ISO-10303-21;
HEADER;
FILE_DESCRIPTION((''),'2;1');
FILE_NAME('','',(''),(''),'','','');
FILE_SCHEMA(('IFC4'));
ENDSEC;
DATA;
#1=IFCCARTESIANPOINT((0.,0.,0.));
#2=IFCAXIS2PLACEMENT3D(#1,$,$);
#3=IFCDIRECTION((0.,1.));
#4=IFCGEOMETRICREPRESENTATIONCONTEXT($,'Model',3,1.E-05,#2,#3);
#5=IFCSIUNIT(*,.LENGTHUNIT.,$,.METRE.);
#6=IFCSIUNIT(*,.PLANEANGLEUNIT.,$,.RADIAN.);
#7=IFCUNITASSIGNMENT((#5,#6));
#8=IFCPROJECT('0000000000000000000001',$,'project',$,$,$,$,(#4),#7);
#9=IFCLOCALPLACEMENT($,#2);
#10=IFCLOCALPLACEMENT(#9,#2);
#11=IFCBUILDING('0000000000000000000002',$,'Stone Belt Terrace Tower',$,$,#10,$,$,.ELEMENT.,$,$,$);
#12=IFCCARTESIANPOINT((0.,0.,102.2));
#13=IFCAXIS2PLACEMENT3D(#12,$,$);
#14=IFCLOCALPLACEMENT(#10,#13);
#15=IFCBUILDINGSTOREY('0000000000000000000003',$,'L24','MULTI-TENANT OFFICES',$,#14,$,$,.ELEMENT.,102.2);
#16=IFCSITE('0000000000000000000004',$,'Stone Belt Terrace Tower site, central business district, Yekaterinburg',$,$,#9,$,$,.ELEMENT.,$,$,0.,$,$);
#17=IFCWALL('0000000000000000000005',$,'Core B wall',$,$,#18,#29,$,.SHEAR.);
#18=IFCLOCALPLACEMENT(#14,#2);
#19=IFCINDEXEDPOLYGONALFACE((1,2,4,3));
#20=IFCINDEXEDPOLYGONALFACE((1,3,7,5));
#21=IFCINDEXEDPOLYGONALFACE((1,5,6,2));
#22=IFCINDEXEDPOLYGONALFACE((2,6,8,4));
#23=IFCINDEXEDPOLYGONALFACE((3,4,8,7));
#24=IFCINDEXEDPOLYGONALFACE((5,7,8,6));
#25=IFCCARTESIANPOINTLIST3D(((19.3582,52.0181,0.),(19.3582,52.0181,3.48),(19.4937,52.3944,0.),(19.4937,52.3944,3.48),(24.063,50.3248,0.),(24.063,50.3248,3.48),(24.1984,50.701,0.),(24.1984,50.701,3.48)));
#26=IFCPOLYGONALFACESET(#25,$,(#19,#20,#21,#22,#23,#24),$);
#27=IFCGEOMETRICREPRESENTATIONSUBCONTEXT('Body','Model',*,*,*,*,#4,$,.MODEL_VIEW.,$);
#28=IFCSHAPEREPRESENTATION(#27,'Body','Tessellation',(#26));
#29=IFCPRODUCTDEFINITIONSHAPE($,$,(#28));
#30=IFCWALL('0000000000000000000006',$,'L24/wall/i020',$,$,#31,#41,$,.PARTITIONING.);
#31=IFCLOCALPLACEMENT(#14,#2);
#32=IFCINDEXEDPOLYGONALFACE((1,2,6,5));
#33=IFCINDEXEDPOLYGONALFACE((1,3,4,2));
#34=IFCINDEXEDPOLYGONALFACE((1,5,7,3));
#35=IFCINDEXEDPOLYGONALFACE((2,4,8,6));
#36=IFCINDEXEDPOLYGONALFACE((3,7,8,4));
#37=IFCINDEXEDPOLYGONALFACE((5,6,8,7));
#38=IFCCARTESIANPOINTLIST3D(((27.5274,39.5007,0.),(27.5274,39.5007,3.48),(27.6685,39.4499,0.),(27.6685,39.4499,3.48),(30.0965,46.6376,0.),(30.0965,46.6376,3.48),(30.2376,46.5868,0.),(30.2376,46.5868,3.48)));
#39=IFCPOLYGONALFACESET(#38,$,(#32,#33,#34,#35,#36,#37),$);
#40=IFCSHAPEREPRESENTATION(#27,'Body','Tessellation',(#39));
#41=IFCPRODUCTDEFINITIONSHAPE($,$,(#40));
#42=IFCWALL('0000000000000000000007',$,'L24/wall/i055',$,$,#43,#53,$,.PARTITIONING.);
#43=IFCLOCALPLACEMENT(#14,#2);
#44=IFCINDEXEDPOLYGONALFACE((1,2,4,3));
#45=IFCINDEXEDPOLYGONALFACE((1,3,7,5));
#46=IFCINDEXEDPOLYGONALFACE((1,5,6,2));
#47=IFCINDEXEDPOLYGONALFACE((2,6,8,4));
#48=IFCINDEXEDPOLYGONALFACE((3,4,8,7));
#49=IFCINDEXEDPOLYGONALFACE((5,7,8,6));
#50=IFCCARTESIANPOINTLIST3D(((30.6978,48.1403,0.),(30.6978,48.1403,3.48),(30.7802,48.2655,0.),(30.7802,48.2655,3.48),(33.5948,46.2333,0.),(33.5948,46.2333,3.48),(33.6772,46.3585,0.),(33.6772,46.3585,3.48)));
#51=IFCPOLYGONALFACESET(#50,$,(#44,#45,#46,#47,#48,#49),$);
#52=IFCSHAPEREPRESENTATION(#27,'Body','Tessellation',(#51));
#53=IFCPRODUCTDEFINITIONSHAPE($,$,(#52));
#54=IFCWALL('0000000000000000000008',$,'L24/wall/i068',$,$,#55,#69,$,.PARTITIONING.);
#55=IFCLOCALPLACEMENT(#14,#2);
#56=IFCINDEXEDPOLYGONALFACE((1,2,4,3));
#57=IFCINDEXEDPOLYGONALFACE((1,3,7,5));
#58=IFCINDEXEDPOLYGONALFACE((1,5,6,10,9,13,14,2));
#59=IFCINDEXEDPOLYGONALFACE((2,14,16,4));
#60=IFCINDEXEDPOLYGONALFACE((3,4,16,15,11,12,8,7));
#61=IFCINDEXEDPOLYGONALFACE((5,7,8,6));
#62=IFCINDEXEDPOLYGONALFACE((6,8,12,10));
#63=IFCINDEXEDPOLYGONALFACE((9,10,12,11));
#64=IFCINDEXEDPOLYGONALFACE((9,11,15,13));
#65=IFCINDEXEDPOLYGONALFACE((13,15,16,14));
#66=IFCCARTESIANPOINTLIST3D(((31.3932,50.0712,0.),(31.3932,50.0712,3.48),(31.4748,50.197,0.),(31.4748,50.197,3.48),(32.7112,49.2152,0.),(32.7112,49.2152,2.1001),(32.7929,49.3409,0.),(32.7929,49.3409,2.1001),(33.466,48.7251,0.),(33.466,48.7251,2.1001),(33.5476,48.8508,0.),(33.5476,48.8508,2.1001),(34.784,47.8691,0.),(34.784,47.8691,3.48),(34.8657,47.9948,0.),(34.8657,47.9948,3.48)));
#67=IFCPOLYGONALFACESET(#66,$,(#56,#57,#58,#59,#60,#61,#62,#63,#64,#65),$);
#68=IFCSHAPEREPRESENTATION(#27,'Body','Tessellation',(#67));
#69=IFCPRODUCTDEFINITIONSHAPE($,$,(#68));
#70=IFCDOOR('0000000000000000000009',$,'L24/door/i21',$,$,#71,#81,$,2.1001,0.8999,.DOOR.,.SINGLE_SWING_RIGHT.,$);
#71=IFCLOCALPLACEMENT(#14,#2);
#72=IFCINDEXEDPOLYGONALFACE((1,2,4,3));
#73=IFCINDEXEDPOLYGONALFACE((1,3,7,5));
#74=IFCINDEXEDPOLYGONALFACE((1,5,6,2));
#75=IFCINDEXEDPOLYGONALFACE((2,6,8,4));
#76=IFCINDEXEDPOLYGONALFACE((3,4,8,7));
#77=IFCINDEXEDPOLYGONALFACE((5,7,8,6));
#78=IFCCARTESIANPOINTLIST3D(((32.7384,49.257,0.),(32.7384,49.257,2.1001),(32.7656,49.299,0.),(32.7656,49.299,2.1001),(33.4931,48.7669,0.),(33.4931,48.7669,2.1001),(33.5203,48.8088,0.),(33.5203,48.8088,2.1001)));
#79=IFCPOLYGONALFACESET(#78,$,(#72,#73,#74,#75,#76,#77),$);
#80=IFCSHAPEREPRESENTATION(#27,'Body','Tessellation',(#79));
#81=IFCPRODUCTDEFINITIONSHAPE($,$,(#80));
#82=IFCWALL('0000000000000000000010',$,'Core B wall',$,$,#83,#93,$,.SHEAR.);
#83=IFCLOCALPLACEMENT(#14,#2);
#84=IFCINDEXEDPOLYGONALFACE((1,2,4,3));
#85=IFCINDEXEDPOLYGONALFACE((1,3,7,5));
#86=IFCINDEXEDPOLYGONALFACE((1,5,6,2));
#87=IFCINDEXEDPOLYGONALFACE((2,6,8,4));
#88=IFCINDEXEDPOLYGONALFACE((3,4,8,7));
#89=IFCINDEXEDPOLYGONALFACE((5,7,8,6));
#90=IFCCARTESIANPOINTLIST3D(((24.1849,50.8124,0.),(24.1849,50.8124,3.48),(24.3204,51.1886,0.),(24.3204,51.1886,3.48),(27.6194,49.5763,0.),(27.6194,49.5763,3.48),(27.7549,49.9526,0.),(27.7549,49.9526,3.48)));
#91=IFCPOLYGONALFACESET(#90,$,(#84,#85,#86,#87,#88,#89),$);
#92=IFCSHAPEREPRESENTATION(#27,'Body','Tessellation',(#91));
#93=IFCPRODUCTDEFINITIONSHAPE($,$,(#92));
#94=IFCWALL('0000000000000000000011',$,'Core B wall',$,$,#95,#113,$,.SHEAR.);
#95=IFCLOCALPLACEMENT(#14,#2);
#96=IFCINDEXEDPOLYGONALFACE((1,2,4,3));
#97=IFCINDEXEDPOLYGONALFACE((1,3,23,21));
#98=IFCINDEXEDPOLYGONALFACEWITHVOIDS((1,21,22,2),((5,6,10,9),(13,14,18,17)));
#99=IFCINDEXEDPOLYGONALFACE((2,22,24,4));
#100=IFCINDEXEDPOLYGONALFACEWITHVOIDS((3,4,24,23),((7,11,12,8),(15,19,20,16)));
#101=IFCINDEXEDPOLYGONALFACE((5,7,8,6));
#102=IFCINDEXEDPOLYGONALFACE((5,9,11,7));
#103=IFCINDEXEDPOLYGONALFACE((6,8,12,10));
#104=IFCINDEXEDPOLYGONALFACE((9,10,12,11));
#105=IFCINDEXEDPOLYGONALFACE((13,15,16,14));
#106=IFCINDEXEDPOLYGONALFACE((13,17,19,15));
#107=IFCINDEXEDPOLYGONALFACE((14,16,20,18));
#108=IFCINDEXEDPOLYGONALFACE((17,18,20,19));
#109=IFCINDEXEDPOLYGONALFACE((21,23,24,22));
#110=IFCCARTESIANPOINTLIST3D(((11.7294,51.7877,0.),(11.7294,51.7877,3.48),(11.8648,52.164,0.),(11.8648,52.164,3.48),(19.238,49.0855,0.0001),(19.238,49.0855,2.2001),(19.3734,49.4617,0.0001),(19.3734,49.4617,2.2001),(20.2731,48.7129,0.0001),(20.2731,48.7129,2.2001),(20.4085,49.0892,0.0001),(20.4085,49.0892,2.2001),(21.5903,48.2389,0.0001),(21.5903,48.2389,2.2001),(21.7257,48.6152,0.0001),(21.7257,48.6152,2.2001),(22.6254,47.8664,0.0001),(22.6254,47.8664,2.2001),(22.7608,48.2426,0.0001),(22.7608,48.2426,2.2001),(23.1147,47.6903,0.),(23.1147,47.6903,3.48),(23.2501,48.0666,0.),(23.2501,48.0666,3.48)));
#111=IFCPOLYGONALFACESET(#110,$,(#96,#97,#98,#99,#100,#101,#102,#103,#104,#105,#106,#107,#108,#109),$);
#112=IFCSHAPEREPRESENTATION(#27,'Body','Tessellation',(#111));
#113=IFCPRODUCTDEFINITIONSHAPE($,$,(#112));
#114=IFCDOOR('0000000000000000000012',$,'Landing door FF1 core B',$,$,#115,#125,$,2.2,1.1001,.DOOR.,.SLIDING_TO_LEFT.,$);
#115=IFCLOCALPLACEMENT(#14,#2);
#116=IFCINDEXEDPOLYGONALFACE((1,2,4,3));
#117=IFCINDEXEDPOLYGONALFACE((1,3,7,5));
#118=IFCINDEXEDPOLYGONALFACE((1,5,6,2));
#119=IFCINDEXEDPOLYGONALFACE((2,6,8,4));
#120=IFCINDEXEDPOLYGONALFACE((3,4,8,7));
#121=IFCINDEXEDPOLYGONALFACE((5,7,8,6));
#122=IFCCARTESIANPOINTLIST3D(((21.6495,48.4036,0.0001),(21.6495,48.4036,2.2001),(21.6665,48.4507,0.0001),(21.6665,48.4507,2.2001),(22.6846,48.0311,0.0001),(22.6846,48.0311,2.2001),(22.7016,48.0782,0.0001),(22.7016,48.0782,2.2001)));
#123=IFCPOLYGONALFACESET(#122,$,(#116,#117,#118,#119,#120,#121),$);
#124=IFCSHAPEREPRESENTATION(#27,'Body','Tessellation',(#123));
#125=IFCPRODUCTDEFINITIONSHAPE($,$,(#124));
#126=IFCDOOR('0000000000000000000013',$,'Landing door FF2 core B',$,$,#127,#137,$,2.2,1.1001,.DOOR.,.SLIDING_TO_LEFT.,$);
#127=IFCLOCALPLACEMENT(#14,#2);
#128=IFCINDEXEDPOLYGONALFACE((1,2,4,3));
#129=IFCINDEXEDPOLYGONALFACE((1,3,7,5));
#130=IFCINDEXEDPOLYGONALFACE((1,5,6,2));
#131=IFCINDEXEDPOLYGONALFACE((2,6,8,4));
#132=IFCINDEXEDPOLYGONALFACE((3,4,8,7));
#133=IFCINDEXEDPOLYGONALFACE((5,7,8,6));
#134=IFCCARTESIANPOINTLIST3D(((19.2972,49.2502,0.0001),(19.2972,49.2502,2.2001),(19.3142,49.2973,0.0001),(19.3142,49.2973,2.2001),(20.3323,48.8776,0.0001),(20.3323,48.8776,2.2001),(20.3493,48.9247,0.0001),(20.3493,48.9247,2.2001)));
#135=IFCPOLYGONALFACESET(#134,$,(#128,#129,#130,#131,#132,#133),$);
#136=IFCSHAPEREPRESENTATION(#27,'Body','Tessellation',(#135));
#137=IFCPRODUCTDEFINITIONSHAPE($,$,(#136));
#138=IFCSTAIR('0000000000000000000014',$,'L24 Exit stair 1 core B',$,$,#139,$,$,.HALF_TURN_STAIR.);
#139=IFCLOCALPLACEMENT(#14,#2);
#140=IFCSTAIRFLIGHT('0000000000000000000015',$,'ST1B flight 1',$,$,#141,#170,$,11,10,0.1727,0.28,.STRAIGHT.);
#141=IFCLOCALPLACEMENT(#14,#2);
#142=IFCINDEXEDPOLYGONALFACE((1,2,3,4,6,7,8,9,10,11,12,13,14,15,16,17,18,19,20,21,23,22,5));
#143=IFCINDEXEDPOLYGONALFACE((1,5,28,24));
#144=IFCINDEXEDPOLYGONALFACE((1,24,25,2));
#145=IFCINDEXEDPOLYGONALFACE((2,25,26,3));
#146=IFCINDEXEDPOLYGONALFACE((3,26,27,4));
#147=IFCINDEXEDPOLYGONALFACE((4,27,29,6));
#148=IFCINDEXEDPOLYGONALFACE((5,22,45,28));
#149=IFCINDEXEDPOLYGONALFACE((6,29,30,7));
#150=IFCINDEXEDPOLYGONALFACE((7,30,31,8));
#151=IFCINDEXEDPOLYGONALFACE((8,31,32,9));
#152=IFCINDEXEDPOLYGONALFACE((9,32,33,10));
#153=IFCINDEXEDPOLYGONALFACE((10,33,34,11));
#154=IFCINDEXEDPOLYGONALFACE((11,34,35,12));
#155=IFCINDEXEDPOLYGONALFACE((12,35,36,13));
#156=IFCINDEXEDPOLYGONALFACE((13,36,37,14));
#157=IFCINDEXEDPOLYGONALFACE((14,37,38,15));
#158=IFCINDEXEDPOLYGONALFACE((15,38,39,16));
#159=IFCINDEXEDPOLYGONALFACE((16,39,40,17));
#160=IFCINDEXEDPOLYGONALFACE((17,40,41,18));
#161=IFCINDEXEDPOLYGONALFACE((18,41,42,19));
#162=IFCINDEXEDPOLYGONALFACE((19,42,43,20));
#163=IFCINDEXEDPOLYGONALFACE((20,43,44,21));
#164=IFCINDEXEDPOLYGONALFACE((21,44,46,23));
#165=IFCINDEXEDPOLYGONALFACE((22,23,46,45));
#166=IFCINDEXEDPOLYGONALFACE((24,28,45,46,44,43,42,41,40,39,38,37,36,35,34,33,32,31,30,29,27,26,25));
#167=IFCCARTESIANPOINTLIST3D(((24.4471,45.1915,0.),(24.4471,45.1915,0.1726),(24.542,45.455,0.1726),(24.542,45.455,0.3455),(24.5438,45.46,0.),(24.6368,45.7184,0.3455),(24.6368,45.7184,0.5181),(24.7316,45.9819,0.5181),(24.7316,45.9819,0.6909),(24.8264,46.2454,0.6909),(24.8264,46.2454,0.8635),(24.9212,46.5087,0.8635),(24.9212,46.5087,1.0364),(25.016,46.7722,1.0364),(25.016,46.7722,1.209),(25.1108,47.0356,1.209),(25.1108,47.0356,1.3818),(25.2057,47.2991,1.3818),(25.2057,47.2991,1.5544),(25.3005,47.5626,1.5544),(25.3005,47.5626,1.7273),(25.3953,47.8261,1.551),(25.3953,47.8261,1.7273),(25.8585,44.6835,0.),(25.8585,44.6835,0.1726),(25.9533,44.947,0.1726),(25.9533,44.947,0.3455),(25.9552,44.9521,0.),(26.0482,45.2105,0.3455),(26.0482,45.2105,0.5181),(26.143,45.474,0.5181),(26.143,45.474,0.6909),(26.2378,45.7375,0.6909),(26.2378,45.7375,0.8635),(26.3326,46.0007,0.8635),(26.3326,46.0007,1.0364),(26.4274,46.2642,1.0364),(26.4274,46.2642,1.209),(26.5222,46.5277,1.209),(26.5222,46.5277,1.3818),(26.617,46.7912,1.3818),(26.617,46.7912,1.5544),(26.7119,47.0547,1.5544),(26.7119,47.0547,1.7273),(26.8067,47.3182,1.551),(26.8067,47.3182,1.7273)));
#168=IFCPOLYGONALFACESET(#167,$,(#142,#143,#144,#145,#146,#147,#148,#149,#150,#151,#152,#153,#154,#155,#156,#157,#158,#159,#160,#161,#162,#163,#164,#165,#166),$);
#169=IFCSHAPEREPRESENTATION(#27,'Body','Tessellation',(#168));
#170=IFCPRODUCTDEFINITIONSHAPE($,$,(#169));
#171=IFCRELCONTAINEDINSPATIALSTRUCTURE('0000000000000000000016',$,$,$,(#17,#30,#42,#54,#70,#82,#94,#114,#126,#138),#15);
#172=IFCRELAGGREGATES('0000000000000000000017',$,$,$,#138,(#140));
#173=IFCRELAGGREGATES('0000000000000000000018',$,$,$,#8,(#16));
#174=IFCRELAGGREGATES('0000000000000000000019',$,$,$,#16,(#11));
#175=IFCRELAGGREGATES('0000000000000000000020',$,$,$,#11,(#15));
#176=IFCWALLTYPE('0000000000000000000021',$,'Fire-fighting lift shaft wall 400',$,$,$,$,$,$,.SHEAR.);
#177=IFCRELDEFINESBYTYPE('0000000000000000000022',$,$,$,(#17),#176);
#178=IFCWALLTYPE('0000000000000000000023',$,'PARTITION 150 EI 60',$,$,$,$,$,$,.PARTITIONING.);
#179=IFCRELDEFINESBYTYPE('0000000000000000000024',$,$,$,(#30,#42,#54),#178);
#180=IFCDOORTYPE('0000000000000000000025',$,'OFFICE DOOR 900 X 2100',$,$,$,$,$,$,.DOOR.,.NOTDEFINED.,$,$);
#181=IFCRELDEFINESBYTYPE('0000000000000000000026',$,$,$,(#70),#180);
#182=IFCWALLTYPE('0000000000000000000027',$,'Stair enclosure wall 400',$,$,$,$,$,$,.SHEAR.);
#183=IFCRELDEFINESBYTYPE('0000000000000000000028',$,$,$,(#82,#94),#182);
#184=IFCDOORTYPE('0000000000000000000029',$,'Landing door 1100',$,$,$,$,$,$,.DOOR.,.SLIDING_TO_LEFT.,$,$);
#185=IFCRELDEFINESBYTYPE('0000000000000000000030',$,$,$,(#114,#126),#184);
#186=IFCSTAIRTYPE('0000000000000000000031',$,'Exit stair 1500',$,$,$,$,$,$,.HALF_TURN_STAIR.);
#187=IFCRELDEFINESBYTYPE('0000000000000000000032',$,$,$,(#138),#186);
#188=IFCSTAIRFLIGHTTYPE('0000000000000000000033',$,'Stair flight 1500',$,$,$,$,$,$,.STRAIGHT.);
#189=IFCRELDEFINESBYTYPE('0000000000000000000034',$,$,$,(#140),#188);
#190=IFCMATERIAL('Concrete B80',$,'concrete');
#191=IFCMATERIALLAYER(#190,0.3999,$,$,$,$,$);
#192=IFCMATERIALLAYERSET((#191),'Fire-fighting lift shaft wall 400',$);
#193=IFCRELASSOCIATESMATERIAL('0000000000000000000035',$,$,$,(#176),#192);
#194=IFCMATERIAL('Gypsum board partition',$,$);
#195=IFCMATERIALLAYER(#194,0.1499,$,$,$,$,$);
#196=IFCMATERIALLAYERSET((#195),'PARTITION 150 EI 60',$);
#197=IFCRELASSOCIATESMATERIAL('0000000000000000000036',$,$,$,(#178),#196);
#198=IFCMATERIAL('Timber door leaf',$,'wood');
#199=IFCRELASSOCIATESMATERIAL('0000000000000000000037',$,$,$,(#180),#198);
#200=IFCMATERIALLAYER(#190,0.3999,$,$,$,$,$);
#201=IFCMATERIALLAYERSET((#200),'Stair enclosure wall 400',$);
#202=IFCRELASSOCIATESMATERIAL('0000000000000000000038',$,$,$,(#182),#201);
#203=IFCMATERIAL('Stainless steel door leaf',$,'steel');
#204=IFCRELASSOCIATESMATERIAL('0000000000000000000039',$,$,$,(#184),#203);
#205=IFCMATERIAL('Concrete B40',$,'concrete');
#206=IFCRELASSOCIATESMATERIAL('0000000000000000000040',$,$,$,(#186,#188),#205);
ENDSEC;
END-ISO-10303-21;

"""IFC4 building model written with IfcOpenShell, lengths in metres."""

from ifc_helpers import new_model, si_unit, direction, frame, frame_2d, origin, place, context, subcontext, project, spatial, polyline, rectangle, outline, extrude, material, layer, layer_set, type_object, element, fill, aggregate, save


model = new_model("IFC4")

# Units and contexts
model_context = context("Model", 3, precision=1e-05, world=origin(), true_north=direction((0.0, 1.0)))
body_context = subcontext(model_context, "Body", "Model", "MODEL_VIEW")
ifc_project = project(units=[si_unit("LENGTHUNIT", "METRE"), si_unit("PLANEANGLEUNIT", "RADIAN")], contexts=[model_context])

# Site, building, storey
site_placement = place(None, origin())
site = spatial("IfcSite", under=ifc_project, at=site_placement, Name="Stone Belt Terrace Tower site, central business district, Yekaterinburg", CompositionType="ELEMENT", RefElevation=0.0)
building_placement = place(site_placement, origin())
building = spatial("IfcBuilding", under=site, at=building_placement, Name="Stone Belt Terrace Tower", CompositionType="ELEMENT")
storey_placement = place(building_placement, frame((0.0, 0.0, 102.2)))
storey = spatial("IfcBuildingStorey", under=building, at=storey_placement, Name="L24", Description="MULTI-TENANT OFFICES", CompositionType="ELEMENT", Elevation=102.2)

# Walls
ifc_material_1 = material(Name="Concrete B80", Category="concrete")
ifc_layer_1 = layer(ifc_material_1, 0.3999)
ifc_layer_set_1 = layer_set([ifc_layer_1], Name="Fire-fighting lift shaft wall 400")
wall_type_1 = type_object("IfcWallType", Name="Fire-fighting lift shaft wall 400", PredefinedType="SHEAR", material=ifc_layer_set_1)
wall_1_placement = place(storey_placement, frame((24.1306, 50.5129, 0.0), z_axis=(0.0, 0.0, 1.0), x_axis=(-0.940912, 0.338652, 0.0)))
element("IfcWall", 1, at=wall_1_placement, inside=storey, type_object=wall_type_1, Name="Core B wall", PredefinedType="SHEAR", context=body_context, shape_type="SweptSolid", body=[
    extrude(rectangle(XDim=5.0002, YDim=0.3999, at=frame_2d((2.5, 0.0))), origin(), (0.0, 0.0, 1.0), 3.48),
])
ifc_material_2 = material(Name="Gypsum board partition")
ifc_layer_2 = layer(ifc_material_2, 0.1499)
ifc_layer_set_2 = layer_set([ifc_layer_2], Name="PARTITION 150 EI 60")
wall_type_2 = type_object("IfcWallType", Name="PARTITION 150 EI 60", PredefinedType="PARTITIONING", material=ifc_layer_set_2)
wall_2_placement = place(storey_placement, frame((30.167, 46.6121, 0.0), z_axis=(0.0, 0.0, 1.0), x_axis=(-0.338694, -0.940896, 0.0)))
element("IfcWall", 2, at=wall_2_placement, inside=storey, type_object=wall_type_2, Name="L24/wall/i020", PredefinedType="PARTITIONING", context=body_context, shape_type="SweptSolid", body=[
    extrude(rectangle(XDim=7.5852, YDim=0.1499, at=frame_2d((3.7925, 0.0))), origin(), (0.0, 0.0, 1.0), 3.48),
])
wall_3_placement = place(storey_placement, frame((30.739, 48.2029, 0.0), z_axis=(0.0, 0.0, 1.0), x_axis=(0.835274, -0.549834, 0.0)))
element("IfcWall", 3, at=wall_3_placement, inside=storey, type_object=wall_type_2, Name="L24/wall/i055", PredefinedType="PARTITIONING", context=body_context, shape_type="SweptSolid", body=[
    extrude(rectangle(XDim=3.4683, YDim=0.1499, at=frame_2d((1.7341, 0.0))), origin(), (0.0, 0.0, 1.0), 3.48),
])

# Wall, opening, door
wall_4_placement = place(storey_placement, frame((31.4341, 50.134, 0.0), z_axis=(0.0, 0.0, 1.0), x_axis=(0.83866, -0.544655, 0.0)))
wall_4 = element("IfcWall", 4, at=wall_4_placement, inside=storey, type_object=wall_type_2, Name="L24/wall/i068", PredefinedType="PARTITIONING", context=body_context, shape_type="SweptSolid", body=[
    extrude(rectangle(XDim=4.0432, YDim=0.1499, at=frame_2d((2.0215, 0.0))), origin(), (0.0, 0.0, 1.0), 3.48),
])
opening_1_placement = place(wall_4_placement, frame((1.5715, 0.0, 0.0)))
opening_1 = element("IfcOpeningElement", 5, at=opening_1_placement, cuts=wall_4, PredefinedType="OPENING", context=body_context, shape_type="SweptSolid", body=[
    extrude(rectangle(XDim=0.8999, YDim=2.1001, at=frame_2d((0.45, 1.05))), frame((0.0, 0.085, 0.0), z_axis=(0.0, -1.0, 0.0), x_axis=(1.0, 0.0, 0.0)), (0.0, 0.0, 1.0), 0.1699),
])
ifc_material_3 = material(Name="Timber door leaf", Category="wood")
door_type_1 = type_object("IfcDoorType", Name="OFFICE DOOR 900 X 2100", OperationType="NOTDEFINED", PredefinedType="DOOR", material=ifc_material_3)
door_1_placement = place(opening_1_placement, origin())
door_1 = element("IfcDoor", 6, at=door_1_placement, inside=storey, type_object=door_type_1, Name="L24/door/i21", OperationType="SINGLE_SWING_RIGHT", OverallHeight=2.1001, OverallWidth=0.8999, PredefinedType="DOOR", context=body_context, shape_type="SweptSolid", body=[
    extrude(rectangle(XDim=0.8999, YDim=2.1001, at=frame_2d((0.45, 1.05))), frame((0.0, 0.0249, 0.0), z_axis=(0.0, -1.0, 0.0), x_axis=(1.0, 0.0, 0.0)), (0.0, 0.0, 1.0), 0.05),
])
fill(opening_1, door_1)

# Wall
ifc_layer_3 = layer(ifc_material_1, 0.3999)
ifc_layer_set_3 = layer_set([ifc_layer_3], Name="Stair enclosure wall 400")
wall_type_3 = type_object("IfcWallType", Name="Stair enclosure wall 400", PredefinedType="SHEAR", material=ifc_layer_set_3)
wall_5_placement = place(storey_placement, frame((27.6873, 49.7644, 0.0), z_axis=(0.0, 0.0, 1.0), x_axis=(-0.940919, 0.338632, 0.0)))
element("IfcWall", 7, at=wall_5_placement, inside=storey, type_object=wall_type_3, Name="Core B wall", PredefinedType="SHEAR", context=body_context, shape_type="SweptSolid", body=[
    extrude(rectangle(XDim=3.6501, YDim=0.3999, at=frame_2d((1.8252, 0.0))), origin(), (0.0, 0.0, 1.0), 3.48),
])

# Wall, openings, doors
wall_6_placement = place(storey_placement, frame((23.1824, 47.8784, 0.0), z_axis=(0.0, 0.0, 1.0), x_axis=(-0.940921, 0.338626, 0.0)))
wall_6 = element("IfcWall", 8, at=wall_6_placement, inside=storey, type_object=wall_type_3, Name="Core B wall", PredefinedType="SHEAR", context=body_context, shape_type="SweptSolid", body=[
    extrude(rectangle(XDim=12.1001, YDim=0.3999, at=frame_2d((6.05, 0.0))), origin(), (0.0, 0.0, 1.0), 3.48),
])
opening_2_placement = place(wall_6_placement, frame((0.52, 0.0, 0.0)))
opening_2 = element("IfcOpeningElement", 9, at=opening_2_placement, cuts=wall_6, PredefinedType="OPENING", context=body_context, shape_type="SweptSolid", body=[
    extrude(rectangle(XDim=1.1001, YDim=2.2, at=frame_2d((0.55, 1.1001))), frame((0.0, 0.21, 0.0), z_axis=(0.0, -1.0, 0.0), x_axis=(1.0, 0.0, 0.0)), (0.0, 0.0, 1.0), 0.4199),
])
opening_3_placement = place(wall_6_placement, frame((3.02, 0.0, 0.0)))
opening_3 = element("IfcOpeningElement", 10, at=opening_3_placement, cuts=wall_6, PredefinedType="OPENING", context=body_context, shape_type="SweptSolid", body=[
    extrude(rectangle(XDim=1.1001, YDim=2.2, at=frame_2d((0.55, 1.1001))), frame((0.0, 0.21, 0.0), z_axis=(0.0, -1.0, 0.0), x_axis=(1.0, 0.0, 0.0)), (0.0, 0.0, 1.0), 0.4199),
])
ifc_material_4 = material(Name="Stainless steel door leaf", Category="steel")
door_type_2 = type_object("IfcDoorType", Name="Landing door 1100", OperationType="SLIDING_TO_LEFT", PredefinedType="DOOR", material=ifc_material_4)
door_2_placement = place(opening_2_placement, origin())
door_2 = element("IfcDoor", 11, at=door_2_placement, inside=storey, type_object=door_type_2, Name="Landing door FF1 core B", OperationType="SLIDING_TO_LEFT", OverallHeight=2.2, OverallWidth=1.1001, PredefinedType="DOOR", context=body_context, shape_type="SweptSolid", body=[
    extrude(rectangle(XDim=1.1001, YDim=2.2, at=frame_2d((0.55, 1.1001))), frame((0.0, 0.0249, 0.0), z_axis=(0.0, -1.0, 0.0), x_axis=(1.0, 0.0, 0.0)), (0.0, 0.0, 1.0), 0.05),
])
fill(opening_2, door_2)
door_3_placement = place(opening_3_placement, origin())
door_3 = element("IfcDoor", 12, at=door_3_placement, inside=storey, type_object=door_type_2, Name="Landing door FF2 core B", OperationType="SLIDING_TO_LEFT", OverallHeight=2.2, OverallWidth=1.1001, PredefinedType="DOOR", context=body_context, shape_type="SweptSolid", body=[
    extrude(rectangle(XDim=1.1001, YDim=2.2, at=frame_2d((0.55, 1.1001))), frame((0.0, 0.0249, 0.0), z_axis=(0.0, -1.0, 0.0), x_axis=(1.0, 0.0, 0.0)), (0.0, 0.0, 1.0), 0.05),
])
fill(opening_3, door_3)

# Stair, stair flight
ifc_material_5 = material(Name="Concrete B40", Category="concrete")
stair_type = type_object("IfcStairType", Name="Exit stair 1500", PredefinedType="HALF_TURN_STAIR", material=ifc_material_5)
stair_placement = place(storey_placement, origin())
stair = element("IfcStair", 13, at=stair_placement, inside=storey, type_object=stair_type, Name="L24 Exit stair 1 core B", PredefinedType="HALF_TURN_STAIR")
stair_flight_type = type_object("IfcStairFlightType", Name="Stair flight 1500", PredefinedType="STRAIGHT", material=ifc_material_5)
stair_flight_1_placement = place(storey_placement, frame((25.1528, 44.9375, 0.0), z_axis=(0.0, 0.0, 1.0), x_axis=(0.338624, 0.940922, 0.0)))
stair_flight_1 = element("IfcStairFlight", 14, at=stair_flight_1_placement, type_object=stair_flight_type, Name="ST1B flight 1", NumberOfRisers=11, NumberOfTreads=10, PredefinedType="STRAIGHT", RiserHeight=0.1727, TreadLength=0.28, context=body_context, shape_type="SweptSolid", body=[
    extrude(outline(polyline([(0.0, 0.0), (0.0, 0.1726), (0.28, 0.1726), (0.28, 0.3455), (0.5601, 0.3455), (0.5601, 0.5181), (0.8401, 0.5181), (0.8401, 0.6909), (1.1201, 0.6909), (1.1201, 0.8635), (1.3999, 0.8635), (1.3999, 1.0364), (1.6799, 1.0364), (1.6799, 1.209), (1.96, 1.209), (1.96, 1.3818), (2.24, 1.3818), (2.24, 1.5544), (2.52, 1.5544), (2.52, 1.7273), (2.8, 1.7273), (2.8, 1.8999), (2.8, 1.551), (0.2854, 0.0), (0.0, 0.0)])), frame((0.0, 0.75, 0.0), z_axis=(0.0, -1.0, 0.0), x_axis=(1.0, 0.0, 0.0)), (0.0, 0.0, 1.0), 1.5),
])
aggregate(stair, [stair_flight_1])

save(model, "model.ifc")
